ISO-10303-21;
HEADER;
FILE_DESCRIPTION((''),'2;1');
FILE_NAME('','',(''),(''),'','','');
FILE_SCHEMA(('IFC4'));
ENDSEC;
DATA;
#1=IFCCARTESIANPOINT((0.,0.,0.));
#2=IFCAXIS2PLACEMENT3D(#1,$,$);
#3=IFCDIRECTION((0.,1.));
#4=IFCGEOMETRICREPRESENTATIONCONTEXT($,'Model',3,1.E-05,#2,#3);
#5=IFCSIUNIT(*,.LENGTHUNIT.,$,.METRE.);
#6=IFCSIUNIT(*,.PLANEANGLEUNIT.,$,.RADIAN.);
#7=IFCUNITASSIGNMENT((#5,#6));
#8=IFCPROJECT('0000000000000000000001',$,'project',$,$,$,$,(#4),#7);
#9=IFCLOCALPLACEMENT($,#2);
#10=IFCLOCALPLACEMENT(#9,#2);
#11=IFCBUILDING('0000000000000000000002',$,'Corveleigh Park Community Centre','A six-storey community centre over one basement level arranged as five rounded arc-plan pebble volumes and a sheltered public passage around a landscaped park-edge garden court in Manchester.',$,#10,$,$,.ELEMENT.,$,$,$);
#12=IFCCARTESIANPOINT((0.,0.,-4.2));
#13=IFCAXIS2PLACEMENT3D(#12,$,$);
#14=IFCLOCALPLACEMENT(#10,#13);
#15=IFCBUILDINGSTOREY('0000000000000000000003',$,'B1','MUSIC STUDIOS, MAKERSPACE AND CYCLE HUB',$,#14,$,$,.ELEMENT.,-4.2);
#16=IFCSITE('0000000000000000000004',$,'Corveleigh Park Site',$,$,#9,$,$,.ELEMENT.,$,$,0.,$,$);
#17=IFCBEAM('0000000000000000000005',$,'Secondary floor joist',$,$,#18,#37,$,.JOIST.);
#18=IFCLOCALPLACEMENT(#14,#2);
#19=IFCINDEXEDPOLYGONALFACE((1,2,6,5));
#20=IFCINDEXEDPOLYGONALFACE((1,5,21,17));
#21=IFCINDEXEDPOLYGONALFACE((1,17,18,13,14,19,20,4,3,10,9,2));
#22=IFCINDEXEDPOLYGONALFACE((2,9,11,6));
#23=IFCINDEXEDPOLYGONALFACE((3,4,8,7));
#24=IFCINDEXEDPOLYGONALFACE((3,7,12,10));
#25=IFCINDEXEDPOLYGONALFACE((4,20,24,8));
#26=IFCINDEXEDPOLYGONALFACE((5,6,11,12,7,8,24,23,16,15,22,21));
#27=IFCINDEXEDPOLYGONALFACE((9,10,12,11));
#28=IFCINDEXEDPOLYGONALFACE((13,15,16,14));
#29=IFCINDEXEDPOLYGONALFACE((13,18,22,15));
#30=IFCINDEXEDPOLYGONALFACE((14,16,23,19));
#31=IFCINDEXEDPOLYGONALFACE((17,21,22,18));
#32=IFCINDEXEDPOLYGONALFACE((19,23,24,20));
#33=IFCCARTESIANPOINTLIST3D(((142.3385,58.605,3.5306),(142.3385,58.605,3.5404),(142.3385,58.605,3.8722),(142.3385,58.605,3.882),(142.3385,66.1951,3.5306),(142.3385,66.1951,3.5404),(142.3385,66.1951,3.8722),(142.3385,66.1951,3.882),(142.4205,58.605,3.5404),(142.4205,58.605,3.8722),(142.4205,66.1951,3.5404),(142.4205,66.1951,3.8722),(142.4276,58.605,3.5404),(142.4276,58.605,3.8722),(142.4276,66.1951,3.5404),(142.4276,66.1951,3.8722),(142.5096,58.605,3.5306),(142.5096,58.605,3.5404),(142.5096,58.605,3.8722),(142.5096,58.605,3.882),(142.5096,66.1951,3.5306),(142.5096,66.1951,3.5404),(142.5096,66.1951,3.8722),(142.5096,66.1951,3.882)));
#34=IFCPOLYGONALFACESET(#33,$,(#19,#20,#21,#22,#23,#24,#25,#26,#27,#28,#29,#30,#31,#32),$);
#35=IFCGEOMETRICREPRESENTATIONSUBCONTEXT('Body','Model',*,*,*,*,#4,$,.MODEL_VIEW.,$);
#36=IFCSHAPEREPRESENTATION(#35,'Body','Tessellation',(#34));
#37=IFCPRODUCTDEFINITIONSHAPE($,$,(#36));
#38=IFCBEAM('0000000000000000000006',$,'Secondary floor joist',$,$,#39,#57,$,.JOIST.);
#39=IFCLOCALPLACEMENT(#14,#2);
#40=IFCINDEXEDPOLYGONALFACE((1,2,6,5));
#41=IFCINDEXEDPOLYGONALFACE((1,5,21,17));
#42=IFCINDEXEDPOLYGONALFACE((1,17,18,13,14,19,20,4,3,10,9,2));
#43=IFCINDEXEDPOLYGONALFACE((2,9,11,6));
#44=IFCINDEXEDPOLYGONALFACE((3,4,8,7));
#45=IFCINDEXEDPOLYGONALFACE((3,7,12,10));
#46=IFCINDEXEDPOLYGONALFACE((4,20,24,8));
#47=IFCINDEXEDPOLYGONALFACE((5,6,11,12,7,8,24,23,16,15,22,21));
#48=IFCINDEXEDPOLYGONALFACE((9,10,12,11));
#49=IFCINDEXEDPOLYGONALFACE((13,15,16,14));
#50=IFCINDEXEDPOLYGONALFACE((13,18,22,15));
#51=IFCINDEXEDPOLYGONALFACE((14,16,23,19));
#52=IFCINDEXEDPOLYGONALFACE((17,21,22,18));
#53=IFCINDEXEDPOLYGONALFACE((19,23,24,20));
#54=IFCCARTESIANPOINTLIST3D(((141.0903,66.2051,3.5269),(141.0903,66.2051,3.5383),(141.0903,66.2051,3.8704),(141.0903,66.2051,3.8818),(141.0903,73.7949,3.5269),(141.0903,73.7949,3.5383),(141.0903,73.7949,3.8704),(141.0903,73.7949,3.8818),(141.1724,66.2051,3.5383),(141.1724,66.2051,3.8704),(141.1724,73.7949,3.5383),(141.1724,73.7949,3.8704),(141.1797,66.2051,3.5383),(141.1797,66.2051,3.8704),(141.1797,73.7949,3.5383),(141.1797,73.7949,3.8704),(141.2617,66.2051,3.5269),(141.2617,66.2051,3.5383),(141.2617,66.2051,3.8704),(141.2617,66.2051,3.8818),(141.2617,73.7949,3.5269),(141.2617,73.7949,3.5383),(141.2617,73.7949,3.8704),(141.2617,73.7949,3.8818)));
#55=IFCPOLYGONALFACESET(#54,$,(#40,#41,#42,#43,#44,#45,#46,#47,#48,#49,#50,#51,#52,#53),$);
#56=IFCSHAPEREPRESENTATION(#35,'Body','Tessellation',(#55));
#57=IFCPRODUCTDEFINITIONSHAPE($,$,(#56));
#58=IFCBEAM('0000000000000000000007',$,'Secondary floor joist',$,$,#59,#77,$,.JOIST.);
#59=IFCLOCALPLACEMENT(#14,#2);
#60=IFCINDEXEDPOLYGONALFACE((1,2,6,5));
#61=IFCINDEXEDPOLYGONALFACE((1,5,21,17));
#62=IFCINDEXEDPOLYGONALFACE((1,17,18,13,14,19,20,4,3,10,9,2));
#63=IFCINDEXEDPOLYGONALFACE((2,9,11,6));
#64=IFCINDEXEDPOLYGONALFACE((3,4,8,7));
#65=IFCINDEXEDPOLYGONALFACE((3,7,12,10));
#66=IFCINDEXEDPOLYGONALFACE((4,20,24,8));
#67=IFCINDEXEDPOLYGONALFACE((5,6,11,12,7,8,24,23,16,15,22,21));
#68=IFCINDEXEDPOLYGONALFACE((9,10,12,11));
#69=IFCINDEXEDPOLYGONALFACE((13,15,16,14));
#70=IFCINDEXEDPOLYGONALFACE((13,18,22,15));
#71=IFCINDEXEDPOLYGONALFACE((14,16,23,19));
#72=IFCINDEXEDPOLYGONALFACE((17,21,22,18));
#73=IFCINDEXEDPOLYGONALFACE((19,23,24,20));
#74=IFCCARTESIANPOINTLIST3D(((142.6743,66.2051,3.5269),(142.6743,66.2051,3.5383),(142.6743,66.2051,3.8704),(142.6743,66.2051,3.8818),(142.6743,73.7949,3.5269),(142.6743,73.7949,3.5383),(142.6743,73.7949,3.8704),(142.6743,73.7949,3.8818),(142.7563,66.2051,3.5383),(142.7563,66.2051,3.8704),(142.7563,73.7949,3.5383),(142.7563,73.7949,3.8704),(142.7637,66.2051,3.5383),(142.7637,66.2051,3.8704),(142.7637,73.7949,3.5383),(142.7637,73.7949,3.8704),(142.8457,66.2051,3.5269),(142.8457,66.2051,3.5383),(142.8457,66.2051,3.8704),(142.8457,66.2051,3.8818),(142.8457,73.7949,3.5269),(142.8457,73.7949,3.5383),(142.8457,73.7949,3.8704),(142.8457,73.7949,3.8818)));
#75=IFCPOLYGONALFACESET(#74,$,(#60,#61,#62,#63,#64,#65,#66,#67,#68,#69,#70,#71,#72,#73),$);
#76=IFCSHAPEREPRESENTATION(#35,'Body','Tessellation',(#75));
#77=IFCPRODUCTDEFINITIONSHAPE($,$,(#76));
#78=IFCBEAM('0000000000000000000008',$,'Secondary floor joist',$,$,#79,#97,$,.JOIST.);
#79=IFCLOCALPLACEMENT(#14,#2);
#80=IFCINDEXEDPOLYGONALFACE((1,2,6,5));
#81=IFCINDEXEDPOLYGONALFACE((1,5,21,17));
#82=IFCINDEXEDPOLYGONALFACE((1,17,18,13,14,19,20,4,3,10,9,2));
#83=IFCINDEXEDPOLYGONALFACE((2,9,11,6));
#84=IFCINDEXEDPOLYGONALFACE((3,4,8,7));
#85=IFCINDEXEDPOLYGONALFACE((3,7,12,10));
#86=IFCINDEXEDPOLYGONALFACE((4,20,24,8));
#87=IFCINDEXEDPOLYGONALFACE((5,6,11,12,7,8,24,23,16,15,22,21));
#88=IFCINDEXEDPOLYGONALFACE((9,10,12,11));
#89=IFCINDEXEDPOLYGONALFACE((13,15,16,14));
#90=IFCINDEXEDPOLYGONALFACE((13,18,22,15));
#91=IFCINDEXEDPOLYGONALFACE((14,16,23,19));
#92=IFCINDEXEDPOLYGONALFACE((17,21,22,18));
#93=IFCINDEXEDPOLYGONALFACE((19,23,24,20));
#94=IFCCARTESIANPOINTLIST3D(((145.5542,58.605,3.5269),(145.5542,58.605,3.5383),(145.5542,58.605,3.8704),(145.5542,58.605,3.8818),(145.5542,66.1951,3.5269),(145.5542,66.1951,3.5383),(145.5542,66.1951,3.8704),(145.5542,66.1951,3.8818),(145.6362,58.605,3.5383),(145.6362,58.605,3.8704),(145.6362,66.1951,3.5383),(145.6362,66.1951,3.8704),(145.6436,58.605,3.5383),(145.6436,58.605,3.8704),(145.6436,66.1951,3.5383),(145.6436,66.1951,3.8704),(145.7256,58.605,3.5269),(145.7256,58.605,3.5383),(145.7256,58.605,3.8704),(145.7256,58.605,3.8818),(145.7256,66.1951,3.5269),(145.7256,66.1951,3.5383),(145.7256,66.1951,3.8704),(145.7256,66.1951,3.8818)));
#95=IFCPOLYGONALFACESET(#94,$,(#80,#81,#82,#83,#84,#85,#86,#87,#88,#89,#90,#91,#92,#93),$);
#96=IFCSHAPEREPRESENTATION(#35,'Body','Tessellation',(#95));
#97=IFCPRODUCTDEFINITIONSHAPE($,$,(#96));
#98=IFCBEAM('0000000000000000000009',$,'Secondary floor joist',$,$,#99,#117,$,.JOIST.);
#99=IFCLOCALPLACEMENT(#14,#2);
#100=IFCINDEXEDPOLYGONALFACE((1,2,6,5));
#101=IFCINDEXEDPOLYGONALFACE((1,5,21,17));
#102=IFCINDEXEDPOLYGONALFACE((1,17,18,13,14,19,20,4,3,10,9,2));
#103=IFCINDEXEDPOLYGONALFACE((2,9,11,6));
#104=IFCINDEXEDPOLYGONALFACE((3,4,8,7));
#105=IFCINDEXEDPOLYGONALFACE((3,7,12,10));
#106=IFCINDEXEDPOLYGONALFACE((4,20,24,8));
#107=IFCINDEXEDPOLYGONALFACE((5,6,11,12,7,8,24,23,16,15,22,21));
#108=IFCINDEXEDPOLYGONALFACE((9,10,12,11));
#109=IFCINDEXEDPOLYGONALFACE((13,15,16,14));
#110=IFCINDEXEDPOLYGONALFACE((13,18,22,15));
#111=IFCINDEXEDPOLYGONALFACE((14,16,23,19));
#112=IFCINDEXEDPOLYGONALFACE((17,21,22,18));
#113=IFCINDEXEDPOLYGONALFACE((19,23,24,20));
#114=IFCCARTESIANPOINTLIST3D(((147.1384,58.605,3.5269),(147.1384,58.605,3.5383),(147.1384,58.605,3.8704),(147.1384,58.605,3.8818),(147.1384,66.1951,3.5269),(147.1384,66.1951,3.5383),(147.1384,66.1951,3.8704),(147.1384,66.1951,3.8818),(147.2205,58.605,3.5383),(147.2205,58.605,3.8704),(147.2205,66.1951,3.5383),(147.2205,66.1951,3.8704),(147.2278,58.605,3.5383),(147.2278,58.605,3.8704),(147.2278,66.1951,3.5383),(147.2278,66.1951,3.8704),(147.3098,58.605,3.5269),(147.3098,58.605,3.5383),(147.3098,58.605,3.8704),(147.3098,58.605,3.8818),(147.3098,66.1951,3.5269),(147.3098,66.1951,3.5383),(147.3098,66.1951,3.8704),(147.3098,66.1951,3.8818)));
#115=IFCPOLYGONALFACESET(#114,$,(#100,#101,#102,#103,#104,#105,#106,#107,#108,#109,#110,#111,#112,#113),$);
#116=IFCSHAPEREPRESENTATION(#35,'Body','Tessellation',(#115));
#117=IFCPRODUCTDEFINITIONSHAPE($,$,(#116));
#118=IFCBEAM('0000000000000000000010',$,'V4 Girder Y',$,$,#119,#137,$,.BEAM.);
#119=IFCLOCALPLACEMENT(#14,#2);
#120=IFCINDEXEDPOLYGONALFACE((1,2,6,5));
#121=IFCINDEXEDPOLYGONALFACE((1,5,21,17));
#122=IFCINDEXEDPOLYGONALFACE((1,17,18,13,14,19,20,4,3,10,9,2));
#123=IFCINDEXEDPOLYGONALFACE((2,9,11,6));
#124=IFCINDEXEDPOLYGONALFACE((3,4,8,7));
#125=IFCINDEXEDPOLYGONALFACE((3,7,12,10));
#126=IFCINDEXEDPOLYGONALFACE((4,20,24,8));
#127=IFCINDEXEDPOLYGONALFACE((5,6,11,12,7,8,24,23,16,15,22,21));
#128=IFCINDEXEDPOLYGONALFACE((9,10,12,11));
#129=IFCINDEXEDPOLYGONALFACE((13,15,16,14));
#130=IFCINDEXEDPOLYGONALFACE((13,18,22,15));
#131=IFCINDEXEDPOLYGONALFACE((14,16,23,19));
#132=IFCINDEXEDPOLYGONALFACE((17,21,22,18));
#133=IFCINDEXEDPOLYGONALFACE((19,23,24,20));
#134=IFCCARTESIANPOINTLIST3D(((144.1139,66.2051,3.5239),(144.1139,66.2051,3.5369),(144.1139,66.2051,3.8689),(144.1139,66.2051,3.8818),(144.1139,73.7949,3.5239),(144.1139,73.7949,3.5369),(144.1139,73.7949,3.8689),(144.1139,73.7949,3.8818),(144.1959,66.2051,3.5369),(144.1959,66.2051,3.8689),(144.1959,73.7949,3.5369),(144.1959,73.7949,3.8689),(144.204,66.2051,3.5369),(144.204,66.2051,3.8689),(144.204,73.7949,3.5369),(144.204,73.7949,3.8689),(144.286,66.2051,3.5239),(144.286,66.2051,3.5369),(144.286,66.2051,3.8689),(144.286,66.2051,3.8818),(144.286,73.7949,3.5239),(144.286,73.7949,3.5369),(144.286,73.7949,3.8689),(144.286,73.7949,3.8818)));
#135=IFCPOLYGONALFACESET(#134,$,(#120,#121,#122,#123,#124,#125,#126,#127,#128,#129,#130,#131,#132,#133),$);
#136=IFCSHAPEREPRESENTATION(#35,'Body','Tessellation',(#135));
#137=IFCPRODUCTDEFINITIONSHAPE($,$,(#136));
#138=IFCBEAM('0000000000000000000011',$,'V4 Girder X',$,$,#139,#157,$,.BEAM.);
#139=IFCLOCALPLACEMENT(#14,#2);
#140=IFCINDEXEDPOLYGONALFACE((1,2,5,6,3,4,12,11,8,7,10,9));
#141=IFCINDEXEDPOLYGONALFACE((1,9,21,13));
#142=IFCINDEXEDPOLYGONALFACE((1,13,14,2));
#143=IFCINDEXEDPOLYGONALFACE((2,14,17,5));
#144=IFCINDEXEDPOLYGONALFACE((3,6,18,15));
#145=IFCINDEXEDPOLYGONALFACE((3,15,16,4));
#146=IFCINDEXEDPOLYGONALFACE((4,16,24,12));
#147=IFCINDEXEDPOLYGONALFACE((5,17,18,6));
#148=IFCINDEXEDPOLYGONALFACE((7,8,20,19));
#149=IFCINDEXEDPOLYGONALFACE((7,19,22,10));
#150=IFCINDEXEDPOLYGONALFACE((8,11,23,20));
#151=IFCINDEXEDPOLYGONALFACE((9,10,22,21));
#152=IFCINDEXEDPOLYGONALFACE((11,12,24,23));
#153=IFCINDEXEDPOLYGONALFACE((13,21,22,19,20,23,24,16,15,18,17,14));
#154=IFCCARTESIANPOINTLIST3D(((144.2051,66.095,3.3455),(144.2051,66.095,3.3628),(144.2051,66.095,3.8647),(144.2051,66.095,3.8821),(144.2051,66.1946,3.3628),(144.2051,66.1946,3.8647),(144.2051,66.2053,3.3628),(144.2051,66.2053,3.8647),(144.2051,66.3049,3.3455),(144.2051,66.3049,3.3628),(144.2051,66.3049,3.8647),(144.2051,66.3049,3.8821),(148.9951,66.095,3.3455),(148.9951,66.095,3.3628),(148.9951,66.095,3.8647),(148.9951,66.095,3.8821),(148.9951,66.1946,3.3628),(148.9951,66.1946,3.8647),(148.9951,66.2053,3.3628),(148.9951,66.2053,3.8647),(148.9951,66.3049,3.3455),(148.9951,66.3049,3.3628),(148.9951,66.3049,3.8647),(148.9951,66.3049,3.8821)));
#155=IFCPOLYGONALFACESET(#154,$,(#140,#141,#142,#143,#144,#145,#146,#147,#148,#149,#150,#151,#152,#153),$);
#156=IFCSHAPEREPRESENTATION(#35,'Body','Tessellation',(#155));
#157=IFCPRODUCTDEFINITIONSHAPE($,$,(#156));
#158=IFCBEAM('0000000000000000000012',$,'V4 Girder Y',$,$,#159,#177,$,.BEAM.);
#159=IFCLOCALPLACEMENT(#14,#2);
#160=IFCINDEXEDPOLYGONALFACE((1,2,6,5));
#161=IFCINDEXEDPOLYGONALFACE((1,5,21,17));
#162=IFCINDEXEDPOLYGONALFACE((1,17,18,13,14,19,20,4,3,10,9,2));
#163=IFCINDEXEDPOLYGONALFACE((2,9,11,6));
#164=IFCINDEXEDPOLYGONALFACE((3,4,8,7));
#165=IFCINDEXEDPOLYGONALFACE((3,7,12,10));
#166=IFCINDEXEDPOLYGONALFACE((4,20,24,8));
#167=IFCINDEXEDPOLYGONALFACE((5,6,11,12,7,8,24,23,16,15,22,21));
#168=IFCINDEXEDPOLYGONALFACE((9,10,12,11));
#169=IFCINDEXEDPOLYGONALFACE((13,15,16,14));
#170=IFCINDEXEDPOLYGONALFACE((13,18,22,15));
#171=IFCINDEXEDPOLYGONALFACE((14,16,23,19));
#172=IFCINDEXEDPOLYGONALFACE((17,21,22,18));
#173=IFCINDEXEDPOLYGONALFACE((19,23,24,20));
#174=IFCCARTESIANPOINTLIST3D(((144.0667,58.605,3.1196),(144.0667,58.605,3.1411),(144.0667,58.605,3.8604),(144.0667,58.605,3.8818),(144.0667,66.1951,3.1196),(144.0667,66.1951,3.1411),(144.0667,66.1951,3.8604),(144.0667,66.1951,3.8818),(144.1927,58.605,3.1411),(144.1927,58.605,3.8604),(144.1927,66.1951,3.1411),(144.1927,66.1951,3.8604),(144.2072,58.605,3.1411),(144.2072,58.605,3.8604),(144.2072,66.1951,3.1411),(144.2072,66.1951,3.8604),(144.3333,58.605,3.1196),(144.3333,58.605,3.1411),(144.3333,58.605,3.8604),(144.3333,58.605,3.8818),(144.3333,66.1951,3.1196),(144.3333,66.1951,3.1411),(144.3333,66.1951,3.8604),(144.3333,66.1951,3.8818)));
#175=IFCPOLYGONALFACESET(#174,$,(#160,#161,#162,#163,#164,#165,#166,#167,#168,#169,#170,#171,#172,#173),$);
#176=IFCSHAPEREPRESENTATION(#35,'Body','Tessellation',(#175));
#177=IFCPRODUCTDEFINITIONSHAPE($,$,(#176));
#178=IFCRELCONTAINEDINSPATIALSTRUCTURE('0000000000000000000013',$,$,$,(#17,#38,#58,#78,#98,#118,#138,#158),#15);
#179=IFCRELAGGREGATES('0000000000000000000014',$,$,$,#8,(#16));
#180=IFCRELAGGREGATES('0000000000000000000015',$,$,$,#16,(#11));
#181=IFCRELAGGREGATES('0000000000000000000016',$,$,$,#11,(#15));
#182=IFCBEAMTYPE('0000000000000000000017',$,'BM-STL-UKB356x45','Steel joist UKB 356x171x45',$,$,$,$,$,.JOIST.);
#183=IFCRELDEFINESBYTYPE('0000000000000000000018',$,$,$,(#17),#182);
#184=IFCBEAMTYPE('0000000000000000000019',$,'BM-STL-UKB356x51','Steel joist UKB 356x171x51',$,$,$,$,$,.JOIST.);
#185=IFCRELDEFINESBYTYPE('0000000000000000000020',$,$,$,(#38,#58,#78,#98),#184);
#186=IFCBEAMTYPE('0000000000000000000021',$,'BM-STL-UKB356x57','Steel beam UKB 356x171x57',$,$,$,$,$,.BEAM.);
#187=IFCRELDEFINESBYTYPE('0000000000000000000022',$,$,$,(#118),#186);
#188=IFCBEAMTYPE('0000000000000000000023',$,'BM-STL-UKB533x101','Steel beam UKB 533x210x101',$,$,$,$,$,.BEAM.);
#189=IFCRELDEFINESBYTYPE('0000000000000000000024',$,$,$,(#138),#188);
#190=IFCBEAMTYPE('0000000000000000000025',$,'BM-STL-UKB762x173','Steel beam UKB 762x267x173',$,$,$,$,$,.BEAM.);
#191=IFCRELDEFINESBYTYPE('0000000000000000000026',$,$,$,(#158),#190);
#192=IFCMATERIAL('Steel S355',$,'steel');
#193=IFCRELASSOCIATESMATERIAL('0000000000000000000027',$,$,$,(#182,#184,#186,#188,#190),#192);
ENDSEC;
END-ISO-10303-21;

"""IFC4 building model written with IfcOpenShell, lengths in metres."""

from ifc_helpers import new_model, si_unit, direction, frame, origin, origin_2d, place, context, subcontext, project, spatial, i_section, extrude, material, material_profile, profile_set, type_object, element, save


model = new_model("IFC4")

# Units and contexts
model_context = context("Model", 3, precision=1e-05, world=origin(), true_north=direction((0.0, 1.0)))
body_context = subcontext(model_context, "Body", "Model", "MODEL_VIEW")
ifc_project = project(units=[si_unit("LENGTHUNIT", "METRE"), si_unit("PLANEANGLEUNIT", "RADIAN")], contexts=[model_context])

# Site, building, storey
site_placement = place(None, origin())
site = spatial("IfcSite", under=ifc_project, at=site_placement, Name="Corveleigh Park Site", CompositionType="ELEMENT", RefElevation=0.0)
building_placement = place(site_placement, origin())
building = spatial("IfcBuilding", under=site, at=building_placement, Name="Corveleigh Park Community Centre", Description="A six-storey community centre over one basement level arranged as five rounded arc-plan pebble volumes and a sheltered public passage around a landscaped park-edge garden court in Manchester.", CompositionType="ELEMENT")
storey_placement = place(building_placement, frame((0.0, 0.0, -4.2)))
storey = spatial("IfcBuildingStorey", under=building, at=storey_placement, Name="B1", Description="MUSIC STUDIOS, MAKERSPACE AND CYCLE HUB", CompositionType="ELEMENT", Elevation=-4.2)

# Shared definitions
ifc_material_1 = material(Name="Steel S355", Category="steel")

# Beams
ifc_material_profile_1 = material_profile(ifc_material_1, i_section(OverallWidth=0.1711, OverallDepth=0.3513, WebThickness=0.0071, FlangeThickness=0.0098, at=origin_2d()), Name="UKB 356x171x45", Category="steel")
ifc_profile_set_1 = profile_set([ifc_material_profile_1], Name="Steel S355")
beam_type_1 = type_object("IfcBeamType", Name="BM-STL-UKB356x45", Description="Steel joist UKB 356x171x45", PredefinedType="JOIST", material=ifc_profile_set_1)
for number, where, z_axis, x_axis, name in (
    (1, (142.4241, 58.605, 3.7063), (0.0, 1.0, 0.0), (-1.0, 0.0, 0.0), "Secondary floor joist"),
):
    element("IfcBeam", number, at=place(storey_placement, frame(where, z_axis=z_axis, x_axis=x_axis)), inside=storey, type_object=beam_type_1, Name=name, PredefinedType="JOIST", context=body_context, shape_type="SweptSolid", body=[
        extrude(i_section(OverallWidth=0.1711, OverallDepth=0.3513, WebThickness=0.0071, FlangeThickness=0.0098, at=origin_2d()), origin(), (0.0, 0.0, 1.0), 7.5901),
    ])
ifc_material_profile_2 = material_profile(ifc_material_1, i_section(OverallWidth=0.1714, OverallDepth=0.355, WebThickness=0.0073, FlangeThickness=0.0115, at=origin_2d()), Name="UKB 356x171x51", Category="steel")
ifc_profile_set_2 = profile_set([ifc_material_profile_2], Name="Steel S355")
beam_type_2 = type_object("IfcBeamType", Name="BM-STL-UKB356x51", Description="Steel joist UKB 356x171x51", PredefinedType="JOIST", material=ifc_profile_set_2)
for number, where, z_axis, x_axis, name in (
    (2, (141.176, 66.2051, 3.7043), (0.0, 1.0, 0.0), (-1.0, 0.0, 0.0), "Secondary floor joist"),
    (3, (142.76, 66.2051, 3.7043), (0.0, 1.0, 0.0), (-1.0, 0.0, 0.0), "Secondary floor joist"),
):
    element("IfcBeam", number, at=place(storey_placement, frame(where, z_axis=z_axis, x_axis=x_axis)), inside=storey, type_object=beam_type_2, Name=name, PredefinedType="JOIST", context=body_context, shape_type="SweptSolid", body=[
        extrude(i_section(OverallWidth=0.1714, OverallDepth=0.355, WebThickness=0.0073, FlangeThickness=0.0115, at=origin_2d()), origin(), (0.0, 0.0, 1.0), 7.5898),
    ])
for number, where, z_axis, x_axis, name in (
    (4, (145.6399, 58.605, 3.7043), (0.0, 1.0, 0.0), (-1.0, 0.0, 0.0), "Secondary floor joist"),
    (5, (147.2241, 58.605, 3.7043), (0.0, 1.0, 0.0), (-1.0, 0.0, 0.0), "Secondary floor joist"),
):
    element("IfcBeam", number, at=place(storey_placement, frame(where, z_axis=z_axis, x_axis=x_axis)), inside=storey, type_object=beam_type_2, Name=name, PredefinedType="JOIST", context=body_context, shape_type="SweptSolid", body=[
        extrude(i_section(OverallWidth=0.1714, OverallDepth=0.355, WebThickness=0.0073, FlangeThickness=0.0115, at=origin_2d()), origin(), (0.0, 0.0, 1.0), 7.5901),
    ])
ifc_material_profile_3 = material_profile(ifc_material_1, i_section(OverallWidth=0.1721, OverallDepth=0.3579, WebThickness=0.0081, FlangeThickness=0.0129, at=origin_2d()), Name="UKB 356x171x57", Category="steel")
ifc_profile_set_3 = profile_set([ifc_material_profile_3], Name="Steel S355")
beam_type_3 = type_object("IfcBeamType", Name="BM-STL-UKB356x57", Description="Steel beam UKB 356x171x57", PredefinedType="BEAM", material=ifc_profile_set_3)
beam_1_placement = place(storey_placement, frame((144.2, 66.2051, 3.7029), z_axis=(0.0, 1.0, 0.0), x_axis=(-1.0, 0.0, 0.0)))
element("IfcBeam", 6, at=beam_1_placement, inside=storey, type_object=beam_type_3, Name="V4 Girder Y", PredefinedType="BEAM", context=body_context, shape_type="SweptSolid", body=[
    extrude(i_section(OverallWidth=0.1721, OverallDepth=0.3579, WebThickness=0.0081, FlangeThickness=0.0129, at=origin_2d()), origin(), (0.0, 0.0, 1.0), 7.5898),
])
ifc_material_profile_4 = material_profile(ifc_material_1, i_section(OverallWidth=0.21, OverallDepth=0.5366, WebThickness=0.0107, FlangeThickness=0.0173, at=origin_2d()), Name="UKB 533x210x101", Category="steel")
ifc_profile_set_4 = profile_set([ifc_material_profile_4], Name="Steel S355")
beam_type_4 = type_object("IfcBeamType", Name="BM-STL-UKB533x101", Description="Steel beam UKB 533x210x101", PredefinedType="BEAM", material=ifc_profile_set_4)
beam_2_placement = place(storey_placement, frame((144.2051, 66.2, 3.6138), z_axis=(1.0, 0.0, 0.0), x_axis=(0.0, 1.0, 0.0)))
element("IfcBeam", 7, at=beam_2_placement, inside=storey, type_object=beam_type_4, Name="V4 Girder X", PredefinedType="BEAM", context=body_context, shape_type="SweptSolid", body=[
    extrude(i_section(OverallWidth=0.21, OverallDepth=0.5366, WebThickness=0.0107, FlangeThickness=0.0173, at=origin_2d()), origin(), (0.0, 0.0, 1.0), 4.79),
])
ifc_material_profile_5 = material_profile(ifc_material_1, i_section(OverallWidth=0.2666, OverallDepth=0.7622, WebThickness=0.0144, FlangeThickness=0.0215, at=origin_2d()), Name="UKB 762x267x173", Category="steel")
ifc_profile_set_5 = profile_set([ifc_material_profile_5], Name="Steel S355")
beam_type_5 = type_object("IfcBeamType", Name="BM-STL-UKB762x173", Description="Steel beam UKB 762x267x173", PredefinedType="BEAM", material=ifc_profile_set_5)
beam_3_placement = place(storey_placement, frame((144.2, 58.605, 3.5007), z_axis=(0.0, 1.0, 0.0), x_axis=(-1.0, 0.0, 0.0)))
element("IfcBeam", 8, at=beam_3_placement, inside=storey, type_object=beam_type_5, Name="V4 Girder Y", PredefinedType="BEAM", context=body_context, shape_type="SweptSolid", body=[
    extrude(i_section(OverallWidth=0.2666, OverallDepth=0.7622, WebThickness=0.0144, FlangeThickness=0.0215, at=origin_2d()), origin(), (0.0, 0.0, 1.0), 7.5901),
])

save(model, "model.ifc")
